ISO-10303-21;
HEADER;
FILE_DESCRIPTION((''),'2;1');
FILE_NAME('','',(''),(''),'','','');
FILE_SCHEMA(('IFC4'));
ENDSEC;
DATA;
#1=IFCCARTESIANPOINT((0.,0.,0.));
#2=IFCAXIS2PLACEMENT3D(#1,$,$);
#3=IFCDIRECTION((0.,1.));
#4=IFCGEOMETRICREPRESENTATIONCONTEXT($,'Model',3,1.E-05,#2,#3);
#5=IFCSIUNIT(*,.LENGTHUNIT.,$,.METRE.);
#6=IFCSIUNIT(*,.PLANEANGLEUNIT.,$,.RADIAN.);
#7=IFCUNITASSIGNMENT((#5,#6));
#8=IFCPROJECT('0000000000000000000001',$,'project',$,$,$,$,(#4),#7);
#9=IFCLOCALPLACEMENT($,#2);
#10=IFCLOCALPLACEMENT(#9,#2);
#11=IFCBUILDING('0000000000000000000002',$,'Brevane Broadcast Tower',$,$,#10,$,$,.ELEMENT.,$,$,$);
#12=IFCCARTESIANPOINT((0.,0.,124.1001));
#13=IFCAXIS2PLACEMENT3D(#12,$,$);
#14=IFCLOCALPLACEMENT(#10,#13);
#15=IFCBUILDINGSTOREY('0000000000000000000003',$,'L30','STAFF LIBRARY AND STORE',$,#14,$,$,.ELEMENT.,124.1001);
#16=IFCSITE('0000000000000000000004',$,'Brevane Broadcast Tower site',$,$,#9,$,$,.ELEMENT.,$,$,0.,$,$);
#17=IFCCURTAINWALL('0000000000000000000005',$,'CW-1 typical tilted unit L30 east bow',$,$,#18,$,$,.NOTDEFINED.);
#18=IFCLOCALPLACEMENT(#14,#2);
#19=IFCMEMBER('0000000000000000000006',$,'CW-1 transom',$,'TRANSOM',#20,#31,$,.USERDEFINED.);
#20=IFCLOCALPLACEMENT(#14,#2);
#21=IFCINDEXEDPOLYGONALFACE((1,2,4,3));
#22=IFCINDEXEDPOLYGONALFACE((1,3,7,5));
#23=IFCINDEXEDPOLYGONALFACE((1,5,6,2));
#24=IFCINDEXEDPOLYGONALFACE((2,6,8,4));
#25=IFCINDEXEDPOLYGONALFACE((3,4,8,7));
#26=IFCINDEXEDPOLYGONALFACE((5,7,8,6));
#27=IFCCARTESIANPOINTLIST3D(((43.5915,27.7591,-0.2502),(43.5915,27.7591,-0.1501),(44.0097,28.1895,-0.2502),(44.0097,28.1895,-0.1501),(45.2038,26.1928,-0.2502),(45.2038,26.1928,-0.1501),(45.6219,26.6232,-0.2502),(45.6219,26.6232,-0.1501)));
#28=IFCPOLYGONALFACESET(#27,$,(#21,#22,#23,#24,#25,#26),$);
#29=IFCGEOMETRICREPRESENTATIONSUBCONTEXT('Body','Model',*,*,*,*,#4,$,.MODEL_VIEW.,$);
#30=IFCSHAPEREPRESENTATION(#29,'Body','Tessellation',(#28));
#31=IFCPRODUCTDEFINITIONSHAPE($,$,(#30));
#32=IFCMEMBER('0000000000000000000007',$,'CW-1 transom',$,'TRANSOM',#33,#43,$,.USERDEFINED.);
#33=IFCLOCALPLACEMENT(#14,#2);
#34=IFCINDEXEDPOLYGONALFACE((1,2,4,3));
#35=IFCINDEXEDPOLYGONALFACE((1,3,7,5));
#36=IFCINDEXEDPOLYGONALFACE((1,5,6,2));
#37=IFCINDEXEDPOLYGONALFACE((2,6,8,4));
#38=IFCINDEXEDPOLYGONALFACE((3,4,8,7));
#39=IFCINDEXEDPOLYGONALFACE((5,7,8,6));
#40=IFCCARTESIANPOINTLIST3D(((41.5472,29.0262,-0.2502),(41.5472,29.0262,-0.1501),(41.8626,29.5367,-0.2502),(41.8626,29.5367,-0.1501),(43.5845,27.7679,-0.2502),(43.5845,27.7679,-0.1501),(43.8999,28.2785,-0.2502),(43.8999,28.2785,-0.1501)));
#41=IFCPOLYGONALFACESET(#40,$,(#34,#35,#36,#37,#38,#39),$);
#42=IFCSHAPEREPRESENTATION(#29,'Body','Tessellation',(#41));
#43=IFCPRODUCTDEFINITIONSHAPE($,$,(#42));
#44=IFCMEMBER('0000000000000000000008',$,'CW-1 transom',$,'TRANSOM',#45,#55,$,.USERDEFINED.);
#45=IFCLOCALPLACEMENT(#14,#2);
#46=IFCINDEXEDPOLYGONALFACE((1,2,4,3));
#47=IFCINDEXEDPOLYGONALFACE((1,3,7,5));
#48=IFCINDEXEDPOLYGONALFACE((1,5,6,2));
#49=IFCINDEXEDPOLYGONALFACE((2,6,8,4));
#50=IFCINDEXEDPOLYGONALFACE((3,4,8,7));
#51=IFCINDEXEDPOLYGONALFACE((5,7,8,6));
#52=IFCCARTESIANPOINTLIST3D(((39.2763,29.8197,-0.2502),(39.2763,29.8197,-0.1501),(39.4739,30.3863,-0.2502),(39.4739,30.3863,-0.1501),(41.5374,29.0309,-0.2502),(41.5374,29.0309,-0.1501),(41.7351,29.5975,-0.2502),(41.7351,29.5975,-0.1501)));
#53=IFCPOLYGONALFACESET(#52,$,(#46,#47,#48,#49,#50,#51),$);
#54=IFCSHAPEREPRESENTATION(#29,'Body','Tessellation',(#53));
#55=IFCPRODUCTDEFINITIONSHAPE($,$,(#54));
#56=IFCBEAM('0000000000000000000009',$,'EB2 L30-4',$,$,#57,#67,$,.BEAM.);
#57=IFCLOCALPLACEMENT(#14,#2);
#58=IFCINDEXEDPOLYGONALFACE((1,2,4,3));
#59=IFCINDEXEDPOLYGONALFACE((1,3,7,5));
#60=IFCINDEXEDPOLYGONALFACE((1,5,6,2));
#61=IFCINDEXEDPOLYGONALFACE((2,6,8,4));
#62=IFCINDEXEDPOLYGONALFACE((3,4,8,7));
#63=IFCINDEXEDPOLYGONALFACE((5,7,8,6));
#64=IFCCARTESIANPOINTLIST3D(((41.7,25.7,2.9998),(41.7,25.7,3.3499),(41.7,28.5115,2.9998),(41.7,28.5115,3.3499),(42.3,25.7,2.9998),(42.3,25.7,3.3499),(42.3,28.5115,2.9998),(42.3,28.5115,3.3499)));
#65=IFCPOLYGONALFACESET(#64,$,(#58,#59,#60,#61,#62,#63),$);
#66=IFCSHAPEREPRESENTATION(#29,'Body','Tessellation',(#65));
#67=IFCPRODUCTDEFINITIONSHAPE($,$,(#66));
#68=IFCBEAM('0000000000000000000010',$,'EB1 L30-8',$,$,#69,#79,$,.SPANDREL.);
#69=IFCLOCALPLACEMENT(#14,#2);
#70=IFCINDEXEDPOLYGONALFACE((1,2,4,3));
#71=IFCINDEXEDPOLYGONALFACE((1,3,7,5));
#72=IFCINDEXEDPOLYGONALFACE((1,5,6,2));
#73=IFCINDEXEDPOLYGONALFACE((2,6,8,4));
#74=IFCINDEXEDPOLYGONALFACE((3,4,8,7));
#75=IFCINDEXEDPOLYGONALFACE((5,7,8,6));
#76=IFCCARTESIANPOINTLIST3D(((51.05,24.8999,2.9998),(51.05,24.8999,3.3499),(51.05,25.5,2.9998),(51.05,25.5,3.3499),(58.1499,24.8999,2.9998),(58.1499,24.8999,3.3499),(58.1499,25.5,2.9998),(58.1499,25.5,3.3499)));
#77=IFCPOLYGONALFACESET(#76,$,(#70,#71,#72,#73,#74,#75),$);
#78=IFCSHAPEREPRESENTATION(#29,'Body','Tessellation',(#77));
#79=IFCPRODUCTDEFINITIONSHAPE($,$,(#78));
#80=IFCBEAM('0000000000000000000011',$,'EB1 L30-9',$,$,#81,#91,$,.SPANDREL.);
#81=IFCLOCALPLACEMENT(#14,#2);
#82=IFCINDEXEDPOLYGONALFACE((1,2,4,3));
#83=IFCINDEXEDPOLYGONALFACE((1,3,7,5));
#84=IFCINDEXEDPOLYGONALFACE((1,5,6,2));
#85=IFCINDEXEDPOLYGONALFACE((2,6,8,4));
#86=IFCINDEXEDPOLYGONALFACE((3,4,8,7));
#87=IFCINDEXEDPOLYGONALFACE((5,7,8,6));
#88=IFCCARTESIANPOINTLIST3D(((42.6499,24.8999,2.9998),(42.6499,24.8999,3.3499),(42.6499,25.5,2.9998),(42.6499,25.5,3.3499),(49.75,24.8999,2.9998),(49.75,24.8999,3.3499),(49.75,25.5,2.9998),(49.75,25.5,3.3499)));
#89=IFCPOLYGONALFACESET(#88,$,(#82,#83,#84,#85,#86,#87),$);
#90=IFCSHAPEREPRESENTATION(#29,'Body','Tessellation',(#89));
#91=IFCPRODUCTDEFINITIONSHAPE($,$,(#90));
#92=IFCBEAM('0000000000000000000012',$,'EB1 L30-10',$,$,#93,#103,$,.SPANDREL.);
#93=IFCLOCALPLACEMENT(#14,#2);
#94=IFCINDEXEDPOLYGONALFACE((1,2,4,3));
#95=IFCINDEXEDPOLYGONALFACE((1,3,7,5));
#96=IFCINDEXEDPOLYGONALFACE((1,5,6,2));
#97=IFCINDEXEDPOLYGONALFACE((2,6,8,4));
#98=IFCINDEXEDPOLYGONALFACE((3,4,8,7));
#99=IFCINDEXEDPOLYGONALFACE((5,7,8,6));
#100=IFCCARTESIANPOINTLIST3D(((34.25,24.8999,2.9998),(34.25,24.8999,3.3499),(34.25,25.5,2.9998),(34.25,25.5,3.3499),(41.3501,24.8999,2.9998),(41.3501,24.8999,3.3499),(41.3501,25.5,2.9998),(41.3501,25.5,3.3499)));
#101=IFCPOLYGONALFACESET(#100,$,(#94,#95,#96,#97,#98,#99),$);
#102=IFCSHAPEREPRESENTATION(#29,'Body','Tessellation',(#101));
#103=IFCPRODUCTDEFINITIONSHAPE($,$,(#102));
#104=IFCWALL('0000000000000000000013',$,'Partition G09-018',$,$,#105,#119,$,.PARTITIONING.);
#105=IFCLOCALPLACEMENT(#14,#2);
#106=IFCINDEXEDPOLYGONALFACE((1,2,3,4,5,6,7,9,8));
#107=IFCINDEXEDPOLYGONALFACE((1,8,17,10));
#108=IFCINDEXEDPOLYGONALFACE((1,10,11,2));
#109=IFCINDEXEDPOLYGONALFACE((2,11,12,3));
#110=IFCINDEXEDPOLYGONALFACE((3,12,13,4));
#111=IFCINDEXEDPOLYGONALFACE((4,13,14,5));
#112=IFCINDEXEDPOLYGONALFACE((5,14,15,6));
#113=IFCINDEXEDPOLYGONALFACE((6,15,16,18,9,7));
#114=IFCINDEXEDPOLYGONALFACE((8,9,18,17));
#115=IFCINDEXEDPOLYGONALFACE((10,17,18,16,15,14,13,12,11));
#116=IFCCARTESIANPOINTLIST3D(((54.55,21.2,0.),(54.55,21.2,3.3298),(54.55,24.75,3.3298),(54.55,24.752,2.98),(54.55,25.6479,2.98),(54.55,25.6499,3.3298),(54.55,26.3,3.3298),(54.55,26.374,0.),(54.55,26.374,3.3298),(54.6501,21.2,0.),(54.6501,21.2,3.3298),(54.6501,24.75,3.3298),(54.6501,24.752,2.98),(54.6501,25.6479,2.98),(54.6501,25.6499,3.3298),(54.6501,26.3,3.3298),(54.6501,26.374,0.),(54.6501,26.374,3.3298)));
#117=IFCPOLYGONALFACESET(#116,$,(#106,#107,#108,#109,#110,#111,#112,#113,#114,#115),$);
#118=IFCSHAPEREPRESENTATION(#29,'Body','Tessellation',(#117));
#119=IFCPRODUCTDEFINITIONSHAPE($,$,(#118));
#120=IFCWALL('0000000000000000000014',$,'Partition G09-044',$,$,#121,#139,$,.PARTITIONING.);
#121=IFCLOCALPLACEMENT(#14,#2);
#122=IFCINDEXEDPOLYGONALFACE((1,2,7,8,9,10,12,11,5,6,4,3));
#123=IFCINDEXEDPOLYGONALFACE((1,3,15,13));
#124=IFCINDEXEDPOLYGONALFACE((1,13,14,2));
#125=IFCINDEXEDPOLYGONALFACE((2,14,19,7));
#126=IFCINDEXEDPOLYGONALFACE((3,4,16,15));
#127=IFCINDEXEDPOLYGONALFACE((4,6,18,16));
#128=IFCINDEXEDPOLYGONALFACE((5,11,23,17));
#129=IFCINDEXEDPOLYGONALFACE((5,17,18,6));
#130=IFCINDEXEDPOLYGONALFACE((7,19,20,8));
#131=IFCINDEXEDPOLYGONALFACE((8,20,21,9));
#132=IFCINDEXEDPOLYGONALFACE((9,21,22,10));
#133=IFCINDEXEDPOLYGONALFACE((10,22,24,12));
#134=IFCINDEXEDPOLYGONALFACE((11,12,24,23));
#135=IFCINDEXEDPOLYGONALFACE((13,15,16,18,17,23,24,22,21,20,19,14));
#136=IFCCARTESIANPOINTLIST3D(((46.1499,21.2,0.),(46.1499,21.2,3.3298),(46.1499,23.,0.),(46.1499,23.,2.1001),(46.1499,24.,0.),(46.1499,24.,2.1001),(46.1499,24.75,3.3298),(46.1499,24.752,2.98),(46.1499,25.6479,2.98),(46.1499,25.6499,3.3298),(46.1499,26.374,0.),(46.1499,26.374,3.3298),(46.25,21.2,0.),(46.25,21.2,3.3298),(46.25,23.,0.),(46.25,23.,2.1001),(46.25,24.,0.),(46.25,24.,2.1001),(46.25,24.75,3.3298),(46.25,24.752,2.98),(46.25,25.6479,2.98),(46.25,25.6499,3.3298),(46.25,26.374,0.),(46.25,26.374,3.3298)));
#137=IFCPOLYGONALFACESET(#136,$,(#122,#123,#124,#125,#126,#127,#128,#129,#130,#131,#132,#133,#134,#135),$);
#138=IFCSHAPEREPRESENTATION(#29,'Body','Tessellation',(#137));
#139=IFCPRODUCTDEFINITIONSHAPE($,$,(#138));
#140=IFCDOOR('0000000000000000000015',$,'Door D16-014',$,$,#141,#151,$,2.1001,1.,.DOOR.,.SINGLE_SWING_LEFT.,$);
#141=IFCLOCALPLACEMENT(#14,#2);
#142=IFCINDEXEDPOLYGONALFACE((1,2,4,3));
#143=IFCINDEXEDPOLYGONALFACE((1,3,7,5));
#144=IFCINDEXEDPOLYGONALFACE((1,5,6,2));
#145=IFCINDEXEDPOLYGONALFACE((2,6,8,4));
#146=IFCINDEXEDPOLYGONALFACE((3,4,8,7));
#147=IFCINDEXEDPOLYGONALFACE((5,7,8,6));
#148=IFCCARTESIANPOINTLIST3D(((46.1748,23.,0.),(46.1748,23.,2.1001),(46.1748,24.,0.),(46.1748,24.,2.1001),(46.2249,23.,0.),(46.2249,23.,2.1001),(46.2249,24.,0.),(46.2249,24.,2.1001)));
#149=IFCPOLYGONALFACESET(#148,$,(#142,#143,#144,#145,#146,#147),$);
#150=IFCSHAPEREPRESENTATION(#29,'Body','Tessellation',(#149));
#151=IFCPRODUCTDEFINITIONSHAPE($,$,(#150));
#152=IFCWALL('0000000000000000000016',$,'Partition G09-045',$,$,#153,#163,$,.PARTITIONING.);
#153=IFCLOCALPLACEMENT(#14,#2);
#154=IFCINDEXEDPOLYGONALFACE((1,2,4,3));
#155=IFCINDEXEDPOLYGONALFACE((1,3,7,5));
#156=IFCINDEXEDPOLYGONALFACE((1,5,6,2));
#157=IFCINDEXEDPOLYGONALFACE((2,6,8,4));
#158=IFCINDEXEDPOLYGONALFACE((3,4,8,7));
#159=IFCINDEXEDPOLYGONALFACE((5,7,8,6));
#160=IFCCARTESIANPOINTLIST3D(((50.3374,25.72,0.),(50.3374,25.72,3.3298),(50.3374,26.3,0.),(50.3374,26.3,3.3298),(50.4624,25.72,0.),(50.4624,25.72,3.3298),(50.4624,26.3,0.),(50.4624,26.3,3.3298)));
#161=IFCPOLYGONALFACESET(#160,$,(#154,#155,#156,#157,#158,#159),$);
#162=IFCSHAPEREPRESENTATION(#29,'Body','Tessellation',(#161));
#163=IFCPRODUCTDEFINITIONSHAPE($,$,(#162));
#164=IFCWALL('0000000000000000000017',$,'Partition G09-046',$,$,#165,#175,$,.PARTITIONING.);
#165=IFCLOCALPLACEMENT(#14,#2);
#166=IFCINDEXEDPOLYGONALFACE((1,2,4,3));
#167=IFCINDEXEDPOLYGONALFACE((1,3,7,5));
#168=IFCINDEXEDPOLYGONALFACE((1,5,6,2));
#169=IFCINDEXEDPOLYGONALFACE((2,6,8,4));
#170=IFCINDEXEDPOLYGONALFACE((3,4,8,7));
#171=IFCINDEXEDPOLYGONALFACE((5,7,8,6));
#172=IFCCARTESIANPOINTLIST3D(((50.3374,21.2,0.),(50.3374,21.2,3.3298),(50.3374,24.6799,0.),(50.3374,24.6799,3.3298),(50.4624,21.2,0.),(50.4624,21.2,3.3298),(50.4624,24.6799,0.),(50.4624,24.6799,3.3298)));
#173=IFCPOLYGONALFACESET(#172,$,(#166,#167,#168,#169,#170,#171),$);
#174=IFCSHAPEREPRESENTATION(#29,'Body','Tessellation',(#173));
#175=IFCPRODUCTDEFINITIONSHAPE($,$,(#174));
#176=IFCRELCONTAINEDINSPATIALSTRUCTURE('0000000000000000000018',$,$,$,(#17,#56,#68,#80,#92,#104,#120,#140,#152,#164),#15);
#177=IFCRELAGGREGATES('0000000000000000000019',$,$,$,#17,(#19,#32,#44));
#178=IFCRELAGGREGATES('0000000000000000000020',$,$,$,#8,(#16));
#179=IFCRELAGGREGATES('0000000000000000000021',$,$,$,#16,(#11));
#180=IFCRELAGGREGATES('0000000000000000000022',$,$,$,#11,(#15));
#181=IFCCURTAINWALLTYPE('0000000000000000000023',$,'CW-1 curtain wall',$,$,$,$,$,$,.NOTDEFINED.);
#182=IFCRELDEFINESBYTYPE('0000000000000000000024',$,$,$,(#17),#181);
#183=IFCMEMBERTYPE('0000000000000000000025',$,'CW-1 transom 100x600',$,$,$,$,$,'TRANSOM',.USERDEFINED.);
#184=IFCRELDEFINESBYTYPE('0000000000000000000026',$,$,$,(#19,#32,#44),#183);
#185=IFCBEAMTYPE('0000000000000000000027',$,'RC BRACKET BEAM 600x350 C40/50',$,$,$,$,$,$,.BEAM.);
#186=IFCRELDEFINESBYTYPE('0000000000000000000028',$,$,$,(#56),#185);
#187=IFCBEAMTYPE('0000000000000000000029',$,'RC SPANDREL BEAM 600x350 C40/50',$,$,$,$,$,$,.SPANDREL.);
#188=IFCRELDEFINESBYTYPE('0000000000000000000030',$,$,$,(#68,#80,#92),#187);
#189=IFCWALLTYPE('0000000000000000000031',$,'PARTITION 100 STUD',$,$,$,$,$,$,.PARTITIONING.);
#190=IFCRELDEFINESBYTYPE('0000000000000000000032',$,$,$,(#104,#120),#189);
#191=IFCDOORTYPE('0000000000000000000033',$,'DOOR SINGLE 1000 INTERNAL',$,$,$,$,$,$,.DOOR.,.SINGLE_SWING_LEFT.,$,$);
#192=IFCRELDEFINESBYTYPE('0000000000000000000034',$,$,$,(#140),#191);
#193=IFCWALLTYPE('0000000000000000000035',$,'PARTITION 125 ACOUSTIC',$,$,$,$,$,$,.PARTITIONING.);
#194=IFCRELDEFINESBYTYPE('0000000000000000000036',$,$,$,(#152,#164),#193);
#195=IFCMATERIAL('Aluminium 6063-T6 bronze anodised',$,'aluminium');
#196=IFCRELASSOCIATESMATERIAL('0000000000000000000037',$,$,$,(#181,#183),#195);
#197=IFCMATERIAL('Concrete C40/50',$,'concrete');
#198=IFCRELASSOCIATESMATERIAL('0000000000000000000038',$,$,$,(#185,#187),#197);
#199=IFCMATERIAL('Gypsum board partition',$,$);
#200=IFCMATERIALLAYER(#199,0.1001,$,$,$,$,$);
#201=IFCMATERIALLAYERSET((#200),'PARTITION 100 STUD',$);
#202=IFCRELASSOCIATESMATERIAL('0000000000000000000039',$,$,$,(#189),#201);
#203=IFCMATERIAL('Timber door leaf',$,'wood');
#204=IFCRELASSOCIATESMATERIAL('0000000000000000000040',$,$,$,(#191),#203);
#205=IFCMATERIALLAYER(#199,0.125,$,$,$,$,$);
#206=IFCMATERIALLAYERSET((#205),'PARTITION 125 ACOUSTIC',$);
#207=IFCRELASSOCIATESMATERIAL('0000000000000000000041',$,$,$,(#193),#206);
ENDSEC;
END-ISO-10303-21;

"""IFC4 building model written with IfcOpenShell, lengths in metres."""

from ifc_helpers import new_model, si_unit, direction, frame, frame_2d, origin, origin_2d, place, context, subcontext, project, spatial, polyline, rectangle, outline, extrude, material, layer, layer_set, material_profile, profile_set, type_object, element, fill, aggregate, save


model = new_model("IFC4")

# Units and contexts
model_context = context("Model", 3, precision=1e-05, world=origin(), true_north=direction((0.0, 1.0)))
body_context = subcontext(model_context, "Body", "Model", "MODEL_VIEW")
ifc_project = project(units=[si_unit("LENGTHUNIT", "METRE"), si_unit("PLANEANGLEUNIT", "RADIAN")], contexts=[model_context])

# Site, building, storey
site_placement = place(None, origin())
site = spatial("IfcSite", under=ifc_project, at=site_placement, Name="Brevane Broadcast Tower site", CompositionType="ELEMENT", RefElevation=0.0)
building_placement = place(site_placement, origin())
building = spatial("IfcBuilding", under=site, at=building_placement, Name="Brevane Broadcast Tower", CompositionType="ELEMENT")
storey_placement = place(building_placement, frame((0.0, 0.0, 124.1001)))
storey = spatial("IfcBuildingStorey", under=building, at=storey_placement, Name="L30", Description="STAFF LIBRARY AND STORE", CompositionType="ELEMENT", Elevation=124.1001)

# Curtain wall
ifc_material_1 = material(Name="Aluminium 6063-T6 bronze anodised", Category="aluminium")
curtain_wall_type = type_object("IfcCurtainWallType", Name="CW-1 curtain wall", PredefinedType="NOTDEFINED", material=ifc_material_1)
curtain_wall_1_placement = place(storey_placement, origin())
curtain_wall_1 = element("IfcCurtainWall", 1, at=curtain_wall_1_placement, inside=storey, type_object=curtain_wall_type, Name="CW-1 typical tilted unit L30 east bow", PredefinedType="NOTDEFINED")

# Members
ifc_material_profile_1 = material_profile(ifc_material_1, rectangle(XDim=0.6001, YDim=0.1001, at=origin_2d()), Name="RECT 100x600")
ifc_profile_set_1 = profile_set([ifc_material_profile_1], Name="Aluminium 6063-T6 bronze anodised")
member_type_1 = type_object("IfcMemberType", Name="CW-1 transom 100x600", ElementType="TRANSOM", PredefinedType="USERDEFINED", material=ifc_profile_set_1)
member_1_placement = place(storey_placement, frame((45.4128, 26.408, -0.2002), z_axis=(-0.717242, 0.696824, 0.0), x_axis=(-0.696824, -0.717242, 0.0)))
member_1 = element("IfcMember", 2, at=member_1_placement, type_object=member_type_1, Name="CW-1 transom", ObjectType="TRANSOM", PredefinedType="USERDEFINED", context=body_context, shape_type="SweptSolid", body=[
    extrude(rectangle(XDim=0.6001, YDim=0.1001, at=origin_2d()), origin(), (0.0, 0.0, 1.0), 2.2478),
])
member_2_placement = place(storey_placement, frame((43.7422, 28.0232, -0.2002), z_axis=(-0.85081, 0.525473, 0.0), x_axis=(-0.525473, -0.85081, 0.0)))
member_2 = element("IfcMember", 3, at=member_2_placement, type_object=member_type_1, Name="CW-1 transom", ObjectType="TRANSOM", PredefinedType="USERDEFINED", context=body_context, shape_type="SweptSolid", body=[
    extrude(rectangle(XDim=0.6001, YDim=0.1001, at=origin_2d()), origin(), (0.0, 0.0, 1.0), 2.3945),
])
member_3_placement = place(storey_placement, frame((41.6362, 29.3142, -0.2002), z_axis=(-0.944198, 0.329378, 0.0), x_axis=(-0.329378, -0.944198, 0.0)))
member_3 = element("IfcMember", 4, at=member_3_placement, type_object=member_type_1, Name="CW-1 transom", ObjectType="TRANSOM", PredefinedType="USERDEFINED", context=body_context, shape_type="SweptSolid", body=[
    extrude(rectangle(XDim=0.6001, YDim=0.1001, at=origin_2d()), origin(), (0.0, 0.0, 1.0), 2.3948),
])
aggregate(curtain_wall_1, [member_1, member_2, member_3])

# Beams
ifc_material_2 = material(Name="Concrete C40/50", Category="concrete")
ifc_material_profile_2 = material_profile(ifc_material_2, rectangle(XDim=0.6001, YDim=0.3501, at=origin_2d()), Name="RC 600x350")
ifc_profile_set_2 = profile_set([ifc_material_profile_2], Name="Concrete C40/50")
beam_type_1 = type_object("IfcBeamType", Name="RC BRACKET BEAM 600x350 C40/50", PredefinedType="BEAM", material=ifc_profile_set_2)
beam_1_placement = place(storey_placement, frame((42.0, 25.7, 3.1748), z_axis=(0.0, 1.0, 0.0), x_axis=(-1.0, 0.0, 0.0)))
element("IfcBeam", 5, at=beam_1_placement, inside=storey, type_object=beam_type_1, Name="EB2 L30-4", PredefinedType="BEAM", context=body_context, shape_type="SweptSolid", body=[
    extrude(rectangle(XDim=0.6001, YDim=0.3501, at=origin_2d()), origin(), (0.0, 0.0, 1.0), 2.8115),
])
ifc_material_profile_3 = material_profile(ifc_material_2, rectangle(XDim=0.6001, YDim=0.3501, at=origin_2d()), Name="RC 600x350")
ifc_profile_set_3 = profile_set([ifc_material_profile_3], Name="Concrete C40/50")
beam_type_2 = type_object("IfcBeamType", Name="RC SPANDREL BEAM 600x350 C40/50", PredefinedType="SPANDREL", material=ifc_profile_set_3)
beam_2_placement = place(storey_placement, frame((58.1499, 25.2, 3.1748), z_axis=(-1.0, 0.0, 0.0), x_axis=(0.0, -1.0, 0.0)))
element("IfcBeam", 6, at=beam_2_placement, inside=storey, type_object=beam_type_2, Name="EB1 L30-8", PredefinedType="SPANDREL", context=body_context, shape_type="SweptSolid", body=[
    extrude(rectangle(XDim=0.6001, YDim=0.3501, at=origin_2d()), origin(), (0.0, 0.0, 1.0), 7.0999),
])
for number, where, z_axis, x_axis, name in (
    (7, (49.75, 25.2, 3.1748), (-1.0, 0.0, 0.0), (0.0, -1.0, 0.0), "EB1 L30-9"),
    (8, (41.3501, 25.2, 3.1748), (-1.0, 0.0, 0.0), (0.0, -1.0, 0.0), "EB1 L30-10"),
):
    element("IfcBeam", number, at=place(storey_placement, frame(where, z_axis=z_axis, x_axis=x_axis)), inside=storey, type_object=beam_type_2, Name=name, PredefinedType="SPANDREL", context=body_context, shape_type="SweptSolid", body=[
        extrude(rectangle(XDim=0.6001, YDim=0.3501, at=origin_2d()), origin(), (0.0, 0.0, 1.0), 7.1001),
    ])

# Wall
ifc_material_3 = material(Name="Gypsum board partition")
ifc_layer_1 = layer(ifc_material_3, 0.1001)
ifc_layer_set_1 = layer_set([ifc_layer_1], Name="PARTITION 100 STUD")
wall_type_1 = type_object("IfcWallType", Name="PARTITION 100 STUD", PredefinedType="PARTITIONING", material=ifc_layer_set_1)
wall_1_placement = place(storey_placement, frame((54.6001, 21.2, 0.0), z_axis=(0.0, 0.0, 1.0), x_axis=(0.0, 1.0, 0.0)))
element("IfcWall", 9, at=wall_1_placement, inside=storey, type_object=wall_type_1, Name="Partition G09-018", PredefinedType="PARTITIONING", context=body_context, shape_type="SweptSolid", body=[
    extrude(outline(polyline([(0.0, 0.0), (5.1741, 0.0), (5.1741, 3.3298), (5.1001, 3.3298), (4.45, 3.3298), (4.448, 2.98), (3.552, 2.98), (3.55, 3.3298), (0.0, 3.3298), (0.0, 0.0)])), frame((0.0, 0.05, 0.0), z_axis=(0.0, -1.0, 0.0), x_axis=(1.0, 0.0, 0.0)), (0.0, 0.0, 1.0), 0.1001),
])

# Wall, opening, door
wall_2_placement = place(storey_placement, frame((46.2, 26.374, 0.0), z_axis=(0.0, 0.0, 1.0), x_axis=(0.0, -1.0, 0.0)))
wall_2 = element("IfcWall", 10, at=wall_2_placement, inside=storey, type_object=wall_type_1, Name="Partition G09-044", PredefinedType="PARTITIONING", context=body_context, shape_type="SweptSolid", body=[
    extrude(outline(polyline([(0.0, 0.0), (5.1741, 0.0), (5.1741, 3.3298), (1.624, 3.3298), (1.6221, 2.98), (0.7261, 2.98), (0.7241, 3.3298), (0.074, 3.3298), (0.0, 3.3298), (0.0, 0.0)])), frame((0.0, 0.05, 0.0), z_axis=(0.0, -1.0, 0.0), x_axis=(1.0, 0.0, 0.0)), (0.0, 0.0, 1.0), 0.1001),
])
opening_1_placement = place(wall_2_placement, frame((2.374, 0.0, 0.0)))
opening_1 = element("IfcOpeningElement", 11, at=opening_1_placement, cuts=wall_2, PredefinedType="OPENING", context=body_context, shape_type="SweptSolid", body=[
    extrude(rectangle(XDim=1.0, YDim=2.1001, at=frame_2d((0.5, 1.05))), frame((0.0, 0.0601, 0.0), z_axis=(0.0, -1.0, 0.0), x_axis=(1.0, 0.0, 0.0)), (0.0, 0.0, 1.0), 0.1201),
])
ifc_material_4 = material(Name="Timber door leaf", Category="wood")
door_type_1 = type_object("IfcDoorType", Name="DOOR SINGLE 1000 INTERNAL", OperationType="SINGLE_SWING_LEFT", PredefinedType="DOOR", material=ifc_material_4)
door_1_placement = place(opening_1_placement, origin())
door_1 = element("IfcDoor", 12, at=door_1_placement, inside=storey, type_object=door_type_1, Name="Door D16-014", OperationType="SINGLE_SWING_LEFT", OverallHeight=2.1001, OverallWidth=1.0, PredefinedType="DOOR", context=body_context, shape_type="SweptSolid", body=[
    extrude(rectangle(XDim=1.0, YDim=2.1001, at=frame_2d((0.5, 1.05))), frame((0.0, 0.0249, 0.0), z_axis=(0.0, -1.0, 0.0), x_axis=(1.0, 0.0, 0.0)), (0.0, 0.0, 1.0), 0.05),
])
fill(opening_1, door_1)

# Walls
ifc_layer_2 = layer(ifc_material_3, 0.125)
ifc_layer_set_2 = layer_set([ifc_layer_2], Name="PARTITION 125 ACOUSTIC")
wall_type_2 = type_object("IfcWallType", Name="PARTITION 125 ACOUSTIC", PredefinedType="PARTITIONING", material=ifc_layer_set_2)
wall_3_placement = place(storey_placement, frame((50.3999, 26.3, 0.0), z_axis=(0.0, 0.0, 1.0), x_axis=(0.0, -1.0, 0.0)))
element("IfcWall", 13, at=wall_3_placement, inside=storey, type_object=wall_type_2, Name="Partition G09-045", PredefinedType="PARTITIONING", context=body_context, shape_type="SweptSolid", body=[
    extrude(rectangle(XDim=0.5801, YDim=0.125, at=frame_2d((0.29, 0.0))), origin(), (0.0, 0.0, 1.0), 3.3298),
])
wall_4_placement = place(storey_placement, frame((50.3999, 24.6799, 0.0), z_axis=(0.0, 0.0, 1.0), x_axis=(0.0, -1.0, 0.0)))
element("IfcWall", 14, at=wall_4_placement, inside=storey, type_object=wall_type_2, Name="Partition G09-046", PredefinedType="PARTITIONING", context=body_context, shape_type="SweptSolid", body=[
    extrude(rectangle(XDim=3.48, YDim=0.125, at=frame_2d((1.74, 0.0))), origin(), (0.0, 0.0, 1.0), 3.3298),
])

save(model, "model.ifc")
